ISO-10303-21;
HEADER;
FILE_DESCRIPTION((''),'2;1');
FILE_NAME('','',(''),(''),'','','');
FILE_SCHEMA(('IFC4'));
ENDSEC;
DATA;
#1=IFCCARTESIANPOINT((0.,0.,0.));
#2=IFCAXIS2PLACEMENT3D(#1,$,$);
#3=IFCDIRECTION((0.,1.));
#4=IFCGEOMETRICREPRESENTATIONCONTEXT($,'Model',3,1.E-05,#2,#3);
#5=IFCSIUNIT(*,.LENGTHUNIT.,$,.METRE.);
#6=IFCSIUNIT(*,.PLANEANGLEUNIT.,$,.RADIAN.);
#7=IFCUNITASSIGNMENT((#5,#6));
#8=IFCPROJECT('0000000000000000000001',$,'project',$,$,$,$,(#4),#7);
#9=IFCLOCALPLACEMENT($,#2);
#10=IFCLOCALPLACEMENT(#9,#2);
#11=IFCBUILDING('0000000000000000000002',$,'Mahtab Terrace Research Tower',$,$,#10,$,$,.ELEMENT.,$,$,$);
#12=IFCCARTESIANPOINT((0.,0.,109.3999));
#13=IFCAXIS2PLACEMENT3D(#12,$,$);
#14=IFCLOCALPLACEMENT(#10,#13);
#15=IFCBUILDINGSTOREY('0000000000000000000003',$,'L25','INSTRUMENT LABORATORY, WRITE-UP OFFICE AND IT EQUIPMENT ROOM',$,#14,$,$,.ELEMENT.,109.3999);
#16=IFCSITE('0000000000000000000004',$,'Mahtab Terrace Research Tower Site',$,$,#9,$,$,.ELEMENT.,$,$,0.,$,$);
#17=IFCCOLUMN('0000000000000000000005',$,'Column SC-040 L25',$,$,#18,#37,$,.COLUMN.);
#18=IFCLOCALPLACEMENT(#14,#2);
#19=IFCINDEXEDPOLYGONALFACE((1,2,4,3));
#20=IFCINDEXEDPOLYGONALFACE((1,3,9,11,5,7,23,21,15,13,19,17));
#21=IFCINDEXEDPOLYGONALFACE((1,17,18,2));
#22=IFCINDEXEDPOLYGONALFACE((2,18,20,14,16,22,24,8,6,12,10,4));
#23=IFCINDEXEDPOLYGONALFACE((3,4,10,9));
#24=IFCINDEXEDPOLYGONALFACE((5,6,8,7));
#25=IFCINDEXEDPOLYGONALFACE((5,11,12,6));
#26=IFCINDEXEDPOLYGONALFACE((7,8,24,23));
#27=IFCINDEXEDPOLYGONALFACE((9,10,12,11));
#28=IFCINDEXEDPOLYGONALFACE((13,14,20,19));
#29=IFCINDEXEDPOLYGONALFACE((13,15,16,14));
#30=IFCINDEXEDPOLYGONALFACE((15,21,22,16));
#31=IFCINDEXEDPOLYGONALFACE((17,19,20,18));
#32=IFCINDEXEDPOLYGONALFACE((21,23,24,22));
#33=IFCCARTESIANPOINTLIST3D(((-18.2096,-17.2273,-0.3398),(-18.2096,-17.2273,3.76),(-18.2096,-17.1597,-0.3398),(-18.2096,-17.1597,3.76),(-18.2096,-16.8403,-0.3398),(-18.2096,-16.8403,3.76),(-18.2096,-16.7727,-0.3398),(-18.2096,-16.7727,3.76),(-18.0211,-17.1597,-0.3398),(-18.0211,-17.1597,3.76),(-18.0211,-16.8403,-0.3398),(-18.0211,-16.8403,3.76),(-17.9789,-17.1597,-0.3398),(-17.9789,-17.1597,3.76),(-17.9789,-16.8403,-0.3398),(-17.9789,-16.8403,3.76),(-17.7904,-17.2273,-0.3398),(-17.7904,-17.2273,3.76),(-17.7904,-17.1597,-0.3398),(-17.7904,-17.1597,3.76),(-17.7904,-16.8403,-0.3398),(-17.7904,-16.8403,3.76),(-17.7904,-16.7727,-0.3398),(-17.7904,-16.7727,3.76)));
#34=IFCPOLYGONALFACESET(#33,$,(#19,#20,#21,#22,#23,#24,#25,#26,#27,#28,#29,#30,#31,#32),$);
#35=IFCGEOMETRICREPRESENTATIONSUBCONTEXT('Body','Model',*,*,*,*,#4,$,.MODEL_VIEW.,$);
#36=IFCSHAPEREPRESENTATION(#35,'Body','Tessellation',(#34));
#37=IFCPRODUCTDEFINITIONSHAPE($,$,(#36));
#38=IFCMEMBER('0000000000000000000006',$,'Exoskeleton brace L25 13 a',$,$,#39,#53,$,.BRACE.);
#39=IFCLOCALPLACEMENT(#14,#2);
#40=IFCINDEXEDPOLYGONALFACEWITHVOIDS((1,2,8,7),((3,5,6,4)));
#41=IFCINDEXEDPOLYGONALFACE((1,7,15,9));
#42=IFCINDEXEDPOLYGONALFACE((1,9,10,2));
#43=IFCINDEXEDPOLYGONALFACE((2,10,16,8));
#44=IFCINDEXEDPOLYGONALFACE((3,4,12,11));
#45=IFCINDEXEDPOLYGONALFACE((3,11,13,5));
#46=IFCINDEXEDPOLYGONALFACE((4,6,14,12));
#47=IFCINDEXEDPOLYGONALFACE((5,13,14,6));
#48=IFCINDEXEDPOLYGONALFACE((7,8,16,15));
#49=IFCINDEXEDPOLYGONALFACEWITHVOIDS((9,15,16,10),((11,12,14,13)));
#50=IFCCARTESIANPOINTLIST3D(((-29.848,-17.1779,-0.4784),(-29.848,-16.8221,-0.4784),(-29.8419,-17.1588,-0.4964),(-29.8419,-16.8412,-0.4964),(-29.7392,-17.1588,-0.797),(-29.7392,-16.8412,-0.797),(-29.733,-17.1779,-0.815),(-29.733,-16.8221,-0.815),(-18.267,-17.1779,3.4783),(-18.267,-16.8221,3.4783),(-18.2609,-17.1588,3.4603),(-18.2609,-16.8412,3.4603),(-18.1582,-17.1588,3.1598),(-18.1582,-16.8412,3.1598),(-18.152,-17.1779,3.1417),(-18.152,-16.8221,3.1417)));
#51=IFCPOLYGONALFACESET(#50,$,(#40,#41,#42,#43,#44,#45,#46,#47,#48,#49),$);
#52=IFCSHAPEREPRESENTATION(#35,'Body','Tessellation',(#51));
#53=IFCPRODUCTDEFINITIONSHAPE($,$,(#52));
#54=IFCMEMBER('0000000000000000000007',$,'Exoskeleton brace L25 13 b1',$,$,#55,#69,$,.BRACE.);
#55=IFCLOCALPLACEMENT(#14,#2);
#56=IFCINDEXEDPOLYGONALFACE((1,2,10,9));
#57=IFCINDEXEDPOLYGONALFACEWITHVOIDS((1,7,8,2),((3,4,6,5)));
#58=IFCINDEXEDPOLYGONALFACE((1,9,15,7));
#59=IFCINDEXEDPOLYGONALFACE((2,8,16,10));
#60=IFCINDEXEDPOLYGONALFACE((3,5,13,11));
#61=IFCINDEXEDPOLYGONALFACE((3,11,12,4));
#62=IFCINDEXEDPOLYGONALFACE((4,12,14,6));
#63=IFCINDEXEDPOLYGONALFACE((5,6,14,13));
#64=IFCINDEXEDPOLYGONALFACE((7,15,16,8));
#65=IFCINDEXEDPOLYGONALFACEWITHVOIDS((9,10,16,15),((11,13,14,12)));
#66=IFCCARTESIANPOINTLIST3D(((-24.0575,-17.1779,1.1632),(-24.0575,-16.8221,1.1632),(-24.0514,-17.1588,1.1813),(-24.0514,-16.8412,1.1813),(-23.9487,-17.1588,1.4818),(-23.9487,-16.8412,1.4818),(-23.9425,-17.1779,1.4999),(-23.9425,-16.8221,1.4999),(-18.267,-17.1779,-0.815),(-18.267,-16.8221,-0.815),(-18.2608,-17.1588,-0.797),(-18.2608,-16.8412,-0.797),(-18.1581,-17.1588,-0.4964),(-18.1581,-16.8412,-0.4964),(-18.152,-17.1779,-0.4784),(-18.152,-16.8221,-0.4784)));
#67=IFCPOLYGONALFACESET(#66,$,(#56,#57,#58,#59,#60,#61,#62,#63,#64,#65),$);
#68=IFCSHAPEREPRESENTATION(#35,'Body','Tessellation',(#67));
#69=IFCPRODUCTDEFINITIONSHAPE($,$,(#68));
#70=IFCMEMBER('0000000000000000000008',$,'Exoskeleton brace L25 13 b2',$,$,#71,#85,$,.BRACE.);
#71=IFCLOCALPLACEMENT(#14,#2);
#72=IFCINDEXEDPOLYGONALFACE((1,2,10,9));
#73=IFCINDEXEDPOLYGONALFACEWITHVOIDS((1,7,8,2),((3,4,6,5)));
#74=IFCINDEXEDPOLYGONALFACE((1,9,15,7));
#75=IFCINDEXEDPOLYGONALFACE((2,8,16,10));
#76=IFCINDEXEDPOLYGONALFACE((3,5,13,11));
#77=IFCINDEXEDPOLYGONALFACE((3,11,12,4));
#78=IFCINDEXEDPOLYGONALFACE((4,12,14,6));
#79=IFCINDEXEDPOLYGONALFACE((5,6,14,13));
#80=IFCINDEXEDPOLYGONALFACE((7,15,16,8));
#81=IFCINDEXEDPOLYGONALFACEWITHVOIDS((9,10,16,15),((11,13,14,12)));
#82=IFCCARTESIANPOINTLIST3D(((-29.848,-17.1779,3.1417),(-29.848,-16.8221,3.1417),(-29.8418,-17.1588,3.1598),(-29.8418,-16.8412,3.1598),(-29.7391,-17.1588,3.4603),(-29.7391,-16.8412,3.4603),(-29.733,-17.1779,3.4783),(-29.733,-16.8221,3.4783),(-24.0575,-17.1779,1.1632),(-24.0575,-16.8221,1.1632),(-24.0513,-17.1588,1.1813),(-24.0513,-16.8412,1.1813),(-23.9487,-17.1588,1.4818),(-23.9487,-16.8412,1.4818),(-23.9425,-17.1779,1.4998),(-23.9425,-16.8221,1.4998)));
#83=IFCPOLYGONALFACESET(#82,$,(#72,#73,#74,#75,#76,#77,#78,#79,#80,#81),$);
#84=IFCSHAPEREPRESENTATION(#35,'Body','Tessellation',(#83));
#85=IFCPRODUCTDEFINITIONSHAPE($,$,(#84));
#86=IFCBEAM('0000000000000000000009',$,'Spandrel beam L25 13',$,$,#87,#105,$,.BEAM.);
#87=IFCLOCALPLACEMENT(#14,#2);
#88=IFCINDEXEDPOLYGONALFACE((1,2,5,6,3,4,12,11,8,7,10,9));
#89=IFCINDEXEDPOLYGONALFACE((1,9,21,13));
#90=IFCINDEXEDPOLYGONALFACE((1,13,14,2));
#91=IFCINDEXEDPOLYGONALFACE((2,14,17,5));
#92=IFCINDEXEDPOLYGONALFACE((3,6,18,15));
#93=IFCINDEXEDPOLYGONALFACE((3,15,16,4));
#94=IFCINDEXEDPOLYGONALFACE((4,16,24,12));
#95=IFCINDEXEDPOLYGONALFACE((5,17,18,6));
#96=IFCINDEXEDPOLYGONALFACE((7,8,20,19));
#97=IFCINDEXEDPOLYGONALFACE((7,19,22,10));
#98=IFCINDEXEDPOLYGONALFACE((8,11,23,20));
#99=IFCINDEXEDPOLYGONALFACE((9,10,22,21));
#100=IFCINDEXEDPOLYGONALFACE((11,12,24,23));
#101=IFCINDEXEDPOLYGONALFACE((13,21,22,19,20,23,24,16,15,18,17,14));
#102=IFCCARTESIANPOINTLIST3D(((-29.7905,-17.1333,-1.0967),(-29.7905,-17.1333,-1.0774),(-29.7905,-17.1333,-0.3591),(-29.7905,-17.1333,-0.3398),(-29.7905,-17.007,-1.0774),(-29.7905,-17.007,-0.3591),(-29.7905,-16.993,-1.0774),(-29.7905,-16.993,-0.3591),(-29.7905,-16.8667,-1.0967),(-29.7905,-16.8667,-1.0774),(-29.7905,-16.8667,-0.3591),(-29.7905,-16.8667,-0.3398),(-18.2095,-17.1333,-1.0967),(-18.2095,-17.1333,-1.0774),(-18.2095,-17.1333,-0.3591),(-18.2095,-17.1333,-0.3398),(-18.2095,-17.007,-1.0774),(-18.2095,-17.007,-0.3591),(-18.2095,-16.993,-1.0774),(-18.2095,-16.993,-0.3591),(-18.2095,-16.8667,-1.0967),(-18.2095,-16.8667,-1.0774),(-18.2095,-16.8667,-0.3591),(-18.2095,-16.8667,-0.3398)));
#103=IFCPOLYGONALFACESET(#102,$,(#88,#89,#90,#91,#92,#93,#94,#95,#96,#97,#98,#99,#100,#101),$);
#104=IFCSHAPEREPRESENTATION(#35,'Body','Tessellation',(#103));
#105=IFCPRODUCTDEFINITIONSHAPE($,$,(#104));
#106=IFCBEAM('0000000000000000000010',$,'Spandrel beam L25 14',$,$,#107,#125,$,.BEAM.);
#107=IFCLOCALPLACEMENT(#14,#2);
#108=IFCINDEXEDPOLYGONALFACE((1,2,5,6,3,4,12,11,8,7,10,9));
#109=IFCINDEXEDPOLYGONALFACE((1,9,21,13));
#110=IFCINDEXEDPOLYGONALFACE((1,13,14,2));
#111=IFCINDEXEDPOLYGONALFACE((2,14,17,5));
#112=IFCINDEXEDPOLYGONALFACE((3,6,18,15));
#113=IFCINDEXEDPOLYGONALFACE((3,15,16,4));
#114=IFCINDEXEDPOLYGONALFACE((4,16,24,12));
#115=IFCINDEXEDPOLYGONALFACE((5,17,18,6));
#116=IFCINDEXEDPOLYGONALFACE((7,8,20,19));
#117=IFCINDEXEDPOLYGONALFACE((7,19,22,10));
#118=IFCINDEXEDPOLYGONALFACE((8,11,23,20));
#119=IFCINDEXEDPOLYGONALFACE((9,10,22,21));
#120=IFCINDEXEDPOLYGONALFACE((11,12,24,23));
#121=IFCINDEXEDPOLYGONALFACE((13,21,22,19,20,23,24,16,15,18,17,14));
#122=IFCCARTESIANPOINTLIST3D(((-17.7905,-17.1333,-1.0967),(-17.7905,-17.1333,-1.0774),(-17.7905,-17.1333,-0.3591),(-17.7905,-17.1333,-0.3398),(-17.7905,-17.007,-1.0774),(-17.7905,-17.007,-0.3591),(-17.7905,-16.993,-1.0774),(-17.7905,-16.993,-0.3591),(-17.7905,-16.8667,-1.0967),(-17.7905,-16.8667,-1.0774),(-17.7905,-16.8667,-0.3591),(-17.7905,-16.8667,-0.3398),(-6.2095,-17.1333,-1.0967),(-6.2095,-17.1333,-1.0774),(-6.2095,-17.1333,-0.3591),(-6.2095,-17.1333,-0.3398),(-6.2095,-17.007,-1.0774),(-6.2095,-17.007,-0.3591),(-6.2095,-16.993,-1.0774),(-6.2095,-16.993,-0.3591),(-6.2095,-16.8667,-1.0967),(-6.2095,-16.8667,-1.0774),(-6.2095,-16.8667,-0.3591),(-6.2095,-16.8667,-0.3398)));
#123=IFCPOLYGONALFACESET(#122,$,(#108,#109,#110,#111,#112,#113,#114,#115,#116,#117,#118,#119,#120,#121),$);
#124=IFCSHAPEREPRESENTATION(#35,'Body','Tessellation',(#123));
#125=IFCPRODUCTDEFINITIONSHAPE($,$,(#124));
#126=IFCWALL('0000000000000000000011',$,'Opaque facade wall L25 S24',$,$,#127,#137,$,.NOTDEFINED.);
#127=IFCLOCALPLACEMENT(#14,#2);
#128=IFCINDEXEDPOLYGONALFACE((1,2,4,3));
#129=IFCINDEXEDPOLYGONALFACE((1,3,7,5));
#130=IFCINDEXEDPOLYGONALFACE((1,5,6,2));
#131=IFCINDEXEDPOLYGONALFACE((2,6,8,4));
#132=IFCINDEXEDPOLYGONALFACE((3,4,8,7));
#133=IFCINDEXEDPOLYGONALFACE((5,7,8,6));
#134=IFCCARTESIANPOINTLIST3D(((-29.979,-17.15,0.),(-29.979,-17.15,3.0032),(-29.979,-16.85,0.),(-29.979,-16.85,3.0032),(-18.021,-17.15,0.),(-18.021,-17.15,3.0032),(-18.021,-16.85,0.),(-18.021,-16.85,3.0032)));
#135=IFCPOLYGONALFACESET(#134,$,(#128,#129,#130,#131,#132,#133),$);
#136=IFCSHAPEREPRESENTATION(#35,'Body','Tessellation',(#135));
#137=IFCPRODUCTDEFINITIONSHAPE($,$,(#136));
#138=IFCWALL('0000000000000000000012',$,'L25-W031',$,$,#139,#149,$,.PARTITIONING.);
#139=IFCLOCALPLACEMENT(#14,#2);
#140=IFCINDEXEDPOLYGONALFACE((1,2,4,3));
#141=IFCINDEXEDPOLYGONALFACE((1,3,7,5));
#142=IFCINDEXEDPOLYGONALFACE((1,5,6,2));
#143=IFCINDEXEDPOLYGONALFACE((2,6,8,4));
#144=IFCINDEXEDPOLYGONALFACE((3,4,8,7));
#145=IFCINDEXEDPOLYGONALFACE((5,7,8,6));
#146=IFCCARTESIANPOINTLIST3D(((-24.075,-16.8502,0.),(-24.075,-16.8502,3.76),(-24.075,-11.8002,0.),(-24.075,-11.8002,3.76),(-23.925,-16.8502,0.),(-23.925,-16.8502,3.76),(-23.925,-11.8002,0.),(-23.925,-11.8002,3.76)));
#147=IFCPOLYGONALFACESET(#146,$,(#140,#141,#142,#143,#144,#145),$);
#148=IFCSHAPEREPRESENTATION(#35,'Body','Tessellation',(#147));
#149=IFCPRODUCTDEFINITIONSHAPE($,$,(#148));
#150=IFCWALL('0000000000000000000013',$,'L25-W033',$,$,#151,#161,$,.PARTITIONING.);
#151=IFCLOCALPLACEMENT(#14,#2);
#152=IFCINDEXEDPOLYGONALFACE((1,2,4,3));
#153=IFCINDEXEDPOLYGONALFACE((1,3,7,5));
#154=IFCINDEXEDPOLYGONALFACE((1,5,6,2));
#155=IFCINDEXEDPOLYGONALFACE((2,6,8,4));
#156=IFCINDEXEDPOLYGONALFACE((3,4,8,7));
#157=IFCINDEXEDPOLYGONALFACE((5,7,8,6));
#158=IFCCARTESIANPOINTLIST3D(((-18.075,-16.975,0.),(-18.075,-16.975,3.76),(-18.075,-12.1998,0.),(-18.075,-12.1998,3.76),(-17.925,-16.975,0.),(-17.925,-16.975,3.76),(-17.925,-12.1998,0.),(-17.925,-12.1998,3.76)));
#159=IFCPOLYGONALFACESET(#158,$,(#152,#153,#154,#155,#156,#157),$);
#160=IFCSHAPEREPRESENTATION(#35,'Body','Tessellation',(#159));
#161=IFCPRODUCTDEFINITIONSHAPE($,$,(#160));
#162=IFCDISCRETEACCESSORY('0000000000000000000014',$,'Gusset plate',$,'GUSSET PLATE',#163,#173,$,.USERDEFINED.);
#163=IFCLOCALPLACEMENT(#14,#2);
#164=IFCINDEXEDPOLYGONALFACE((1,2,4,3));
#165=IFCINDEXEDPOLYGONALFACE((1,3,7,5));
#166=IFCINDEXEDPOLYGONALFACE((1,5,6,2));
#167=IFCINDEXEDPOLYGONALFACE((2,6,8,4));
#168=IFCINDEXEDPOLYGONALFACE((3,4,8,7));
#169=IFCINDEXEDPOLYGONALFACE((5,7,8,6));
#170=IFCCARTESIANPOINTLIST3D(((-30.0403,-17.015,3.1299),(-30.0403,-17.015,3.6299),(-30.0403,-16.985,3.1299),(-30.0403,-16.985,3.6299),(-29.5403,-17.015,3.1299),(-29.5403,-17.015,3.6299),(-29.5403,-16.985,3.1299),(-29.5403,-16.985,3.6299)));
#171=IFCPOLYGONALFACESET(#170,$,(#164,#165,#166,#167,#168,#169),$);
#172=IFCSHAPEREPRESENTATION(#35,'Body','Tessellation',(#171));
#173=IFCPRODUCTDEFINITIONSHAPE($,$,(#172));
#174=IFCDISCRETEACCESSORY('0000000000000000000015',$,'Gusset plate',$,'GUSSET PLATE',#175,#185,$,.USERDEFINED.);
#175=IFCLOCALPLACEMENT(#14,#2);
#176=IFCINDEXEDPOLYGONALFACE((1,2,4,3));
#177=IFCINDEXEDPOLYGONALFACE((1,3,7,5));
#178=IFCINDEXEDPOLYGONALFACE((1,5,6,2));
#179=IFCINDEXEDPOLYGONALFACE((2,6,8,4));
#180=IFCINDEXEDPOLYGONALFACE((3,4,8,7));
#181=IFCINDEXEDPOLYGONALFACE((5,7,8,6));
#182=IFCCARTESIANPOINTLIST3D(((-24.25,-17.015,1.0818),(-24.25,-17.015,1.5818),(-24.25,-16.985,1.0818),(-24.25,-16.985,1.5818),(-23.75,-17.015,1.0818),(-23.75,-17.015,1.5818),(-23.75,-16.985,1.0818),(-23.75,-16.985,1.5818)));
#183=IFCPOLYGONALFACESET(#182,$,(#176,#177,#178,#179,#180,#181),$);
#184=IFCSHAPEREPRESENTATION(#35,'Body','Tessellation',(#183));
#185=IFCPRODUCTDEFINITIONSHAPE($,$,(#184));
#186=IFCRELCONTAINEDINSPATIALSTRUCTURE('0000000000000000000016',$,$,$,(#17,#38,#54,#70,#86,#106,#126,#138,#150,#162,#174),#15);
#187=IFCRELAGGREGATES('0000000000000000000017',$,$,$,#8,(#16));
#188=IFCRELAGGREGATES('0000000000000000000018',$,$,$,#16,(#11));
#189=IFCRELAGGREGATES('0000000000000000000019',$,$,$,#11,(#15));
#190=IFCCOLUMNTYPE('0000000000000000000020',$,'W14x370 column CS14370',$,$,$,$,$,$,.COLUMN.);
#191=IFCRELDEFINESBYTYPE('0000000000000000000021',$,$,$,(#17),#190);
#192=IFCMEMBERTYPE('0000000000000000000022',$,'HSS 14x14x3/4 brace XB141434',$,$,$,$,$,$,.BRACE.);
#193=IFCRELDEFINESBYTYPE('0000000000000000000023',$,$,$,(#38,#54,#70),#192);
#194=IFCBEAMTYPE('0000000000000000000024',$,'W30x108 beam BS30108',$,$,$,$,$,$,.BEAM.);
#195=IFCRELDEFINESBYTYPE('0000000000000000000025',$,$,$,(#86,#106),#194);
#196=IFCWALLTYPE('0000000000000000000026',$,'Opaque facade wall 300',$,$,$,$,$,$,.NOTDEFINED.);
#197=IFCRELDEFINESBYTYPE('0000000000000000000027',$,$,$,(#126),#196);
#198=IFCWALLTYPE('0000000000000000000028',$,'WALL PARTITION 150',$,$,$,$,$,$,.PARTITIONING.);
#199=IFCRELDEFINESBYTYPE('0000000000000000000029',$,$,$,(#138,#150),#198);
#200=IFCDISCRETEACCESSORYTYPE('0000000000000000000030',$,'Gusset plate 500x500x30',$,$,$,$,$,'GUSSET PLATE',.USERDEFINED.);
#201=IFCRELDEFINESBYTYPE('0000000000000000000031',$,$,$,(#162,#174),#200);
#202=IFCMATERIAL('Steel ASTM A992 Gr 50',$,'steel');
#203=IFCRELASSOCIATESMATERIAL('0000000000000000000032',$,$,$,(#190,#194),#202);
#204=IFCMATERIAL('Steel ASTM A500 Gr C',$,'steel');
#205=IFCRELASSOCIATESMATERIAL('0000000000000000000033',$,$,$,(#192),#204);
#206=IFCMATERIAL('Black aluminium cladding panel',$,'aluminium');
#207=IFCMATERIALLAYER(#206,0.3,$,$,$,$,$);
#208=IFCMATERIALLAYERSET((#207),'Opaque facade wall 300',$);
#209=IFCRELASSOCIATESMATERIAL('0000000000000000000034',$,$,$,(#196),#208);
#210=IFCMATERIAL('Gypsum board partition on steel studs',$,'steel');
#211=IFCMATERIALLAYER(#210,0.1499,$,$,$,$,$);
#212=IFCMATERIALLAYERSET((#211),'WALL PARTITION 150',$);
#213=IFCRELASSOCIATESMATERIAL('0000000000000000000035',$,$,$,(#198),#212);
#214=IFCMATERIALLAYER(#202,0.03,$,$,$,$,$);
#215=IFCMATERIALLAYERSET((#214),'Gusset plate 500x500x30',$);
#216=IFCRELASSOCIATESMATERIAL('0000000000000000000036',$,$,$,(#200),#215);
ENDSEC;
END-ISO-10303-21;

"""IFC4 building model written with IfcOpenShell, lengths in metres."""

from ifc_helpers import new_model, si_unit, direction, frame, frame_2d, origin, origin_2d, place, context, subcontext, project, spatial, rectangle, hollow_rectangle, i_section, extrude, material, layer, layer_set, material_profile, profile_set, type_object, element, save


model = new_model("IFC4")

# Units and contexts
model_context = context("Model", 3, precision=1e-05, world=origin(), true_north=direction((0.0, 1.0)))
body_context = subcontext(model_context, "Body", "Model", "MODEL_VIEW")
ifc_project = project(units=[si_unit("LENGTHUNIT", "METRE"), si_unit("PLANEANGLEUNIT", "RADIAN")], contexts=[model_context])

# Site, building, storey
site_placement = place(None, origin())
site = spatial("IfcSite", under=ifc_project, at=site_placement, Name="Mahtab Terrace Research Tower Site", CompositionType="ELEMENT", RefElevation=0.0)
building_placement = place(site_placement, origin())
building = spatial("IfcBuilding", under=site, at=building_placement, Name="Mahtab Terrace Research Tower", CompositionType="ELEMENT")
storey_placement = place(building_placement, frame((0.0, 0.0, 109.3999)))
storey = spatial("IfcBuildingStorey", under=building, at=storey_placement, Name="L25", Description="INSTRUMENT LABORATORY, WRITE-UP OFFICE AND IT EQUIPMENT ROOM", CompositionType="ELEMENT", Elevation=109.3999)

# Column
ifc_material_1 = material(Name="Steel ASTM A992 Gr 50", Category="steel")
ifc_material_profile_1 = material_profile(ifc_material_1, i_section(OverallWidth=0.4192, OverallDepth=0.4546, WebThickness=0.0422, FlangeThickness=0.0676, at=origin_2d()), Name="W14X370")
ifc_profile_set_1 = profile_set([ifc_material_profile_1], Name="Steel ASTM A992 Gr 50")
column_type = type_object("IfcColumnType", Name="W14x370 column CS14370", PredefinedType="COLUMN", material=ifc_profile_set_1)
column_placement = place(storey_placement, frame((-18.0, -17.0, -0.3398), z_axis=(0.0, 0.0, 1.0), x_axis=(1.0, 0.0, 0.0)))
element("IfcColumn", 1, at=column_placement, inside=storey, type_object=column_type, Name="Column SC-040 L25", PredefinedType="COLUMN", context=body_context, shape_type="SweptSolid", body=[
    extrude(i_section(OverallWidth=0.4192, OverallDepth=0.4546, WebThickness=0.0422, FlangeThickness=0.0676, at=origin_2d()), origin(), (0.0, 0.0, 1.0), 4.0999),
])

# Members
ifc_material_2 = material(Name="Steel ASTM A500 Gr C", Category="steel")
ifc_material_profile_2 = material_profile(ifc_material_2, hollow_rectangle(XDim=0.3557, YDim=0.3557, WallThickness=0.019, at=origin_2d()), Name="HSS14X14X3/4")
ifc_profile_set_2 = profile_set([ifc_material_profile_2], Name="Steel ASTM A500 Gr C")
member_type = type_object("IfcMemberType", Name="HSS 14x14x3/4 brace XB141434", PredefinedType="BRACE", material=ifc_profile_set_2)
member_placement = place(storey_placement, frame((-29.7905, -17.0, -0.6467), z_axis=(0.946293, 0.0, 0.323311), x_axis=(0.0, 1.0, 0.0)))
element("IfcMember", 2, at=member_placement, inside=storey, type_object=member_type, Name="Exoskeleton brace L25 13 a", PredefinedType="BRACE", context=body_context, shape_type="SweptSolid", body=[
    extrude(hollow_rectangle(XDim=0.3557, YDim=0.3557, WallThickness=0.019, at=origin_2d()), origin(), (0.0, 0.0, 1.0), 12.2383),
])
for number, where, z_axis, x_axis, name in (
    (3, (-18.2095, -17.0, -0.6467), (-0.946299, 0.0, 0.323293), (0.0, -1.0, 0.0), "Exoskeleton brace L25 13 b1"),
    (4, (-24.0, -17.0, 1.3315), (-0.946287, 0.0, 0.323329), (0.0, -1.0, 0.0), "Exoskeleton brace L25 13 b2"),
):
    element("IfcMember", number, at=place(storey_placement, frame(where, z_axis=z_axis, x_axis=x_axis)), inside=storey, type_object=member_type, Name=name, PredefinedType="BRACE", context=body_context, shape_type="SweptSolid", body=[
        extrude(hollow_rectangle(XDim=0.3557, YDim=0.3557, WallThickness=0.019, at=origin_2d()), origin(), (0.0, 0.0, 1.0), 6.1191),
    ])

# Beams
ifc_material_profile_3 = material_profile(ifc_material_1, i_section(OverallWidth=0.2666, OverallDepth=0.7568, WebThickness=0.0139, FlangeThickness=0.0193, at=origin_2d()), Name="W30X108")
ifc_profile_set_3 = profile_set([ifc_material_profile_3], Name="Steel ASTM A992 Gr 50")
beam_type = type_object("IfcBeamType", Name="W30x108 beam BS30108", PredefinedType="BEAM", material=ifc_profile_set_3)
for number, where, z_axis, x_axis, name in (
    (5, (-29.7905, -17.0, -0.7183), (1.0, 0.0, 0.0), (0.0, 1.0, 0.0), "Spandrel beam L25 13"),
    (6, (-17.7905, -17.0, -0.7183), (1.0, 0.0, 0.0), (0.0, 1.0, 0.0), "Spandrel beam L25 14"),
):
    element("IfcBeam", number, at=place(storey_placement, frame(where, z_axis=z_axis, x_axis=x_axis)), inside=storey, type_object=beam_type, Name=name, PredefinedType="BEAM", context=body_context, shape_type="SweptSolid", body=[
        extrude(i_section(OverallWidth=0.2666, OverallDepth=0.7568, WebThickness=0.0139, FlangeThickness=0.0193, at=origin_2d()), origin(), (0.0, 0.0, 1.0), 11.5811),
    ])

# Walls
ifc_material_3 = material(Name="Black aluminium cladding panel", Category="aluminium")
ifc_layer_1 = layer(ifc_material_3, 0.3)
ifc_layer_set_1 = layer_set([ifc_layer_1], Name="Opaque facade wall 300")
wall_type_1 = type_object("IfcWallType", Name="Opaque facade wall 300", PredefinedType="NOTDEFINED", material=ifc_layer_set_1)
wall_1_placement = place(storey_placement, frame((-29.979, -17.0, 0.0), z_axis=(0.0, 0.0, 1.0), x_axis=(1.0, 0.0, 0.0)))
element("IfcWall", 7, at=wall_1_placement, inside=storey, type_object=wall_type_1, Name="Opaque facade wall L25 S24", PredefinedType="NOTDEFINED", context=body_context, shape_type="SweptSolid", body=[
    extrude(rectangle(XDim=11.958, YDim=0.3, at=frame_2d((5.979, 0.0))), origin(), (0.0, 0.0, 1.0), 3.0032),
])
ifc_material_4 = material(Name="Gypsum board partition on steel studs", Category="steel")
ifc_layer_2 = layer(ifc_material_4, 0.1499)
ifc_layer_set_2 = layer_set([ifc_layer_2], Name="WALL PARTITION 150")
wall_type_2 = type_object("IfcWallType", Name="WALL PARTITION 150", PredefinedType="PARTITIONING", material=ifc_layer_set_2)
wall_2_placement = place(storey_placement, frame((-24.0, -16.8501, 0.0), z_axis=(0.0, 0.0, 1.0), x_axis=(0.0, 1.0, 0.0)))
element("IfcWall", 8, at=wall_2_placement, inside=storey, type_object=wall_type_2, Name="L25-W031", PredefinedType="PARTITIONING", context=body_context, shape_type="SweptSolid", body=[
    extrude(rectangle(XDim=5.05, YDim=0.1499, at=frame_2d((2.5249, 0.0))), origin(), (0.0, 0.0, 1.0), 3.76),
])
wall_3_placement = place(storey_placement, frame((-18.0, -16.9751, 0.0), z_axis=(0.0, 0.0, 1.0), x_axis=(0.0, 1.0, 0.0)))
element("IfcWall", 9, at=wall_3_placement, inside=storey, type_object=wall_type_2, Name="L25-W033", PredefinedType="PARTITIONING", context=body_context, shape_type="SweptSolid", body=[
    extrude(rectangle(XDim=4.7751, YDim=0.1499, at=frame_2d((2.3877, 0.0))), origin(), (0.0, 0.0, 1.0), 3.76),
])

# Discrete accessories
ifc_layer_3 = layer(ifc_material_1, 0.03)
ifc_layer_set_3 = layer_set([ifc_layer_3], Name="Gusset plate 500x500x30")
discrete_accessory_type = type_object("IfcDiscreteAccessoryType", Name="Gusset plate 500x500x30", ElementType="GUSSET PLATE", PredefinedType="USERDEFINED", material=ifc_layer_set_3)
for number, where, z_axis, x_axis, name in (
    (10, (-29.7903, -17.0, 3.1299), (0.0, 0.0, 1.0), (1.0, 0.0, 0.0), "Gusset plate"),
    (11, (-24.0, -17.0, 1.0818), (0.0, 0.0, 1.0), (1.0, 0.0, 0.0), "Gusset plate"),
):
    element("IfcDiscreteAccessory", number, at=place(storey_placement, frame(where, z_axis=z_axis, x_axis=x_axis)), inside=storey, type_object=discrete_accessory_type, Name=name, ObjectType="GUSSET PLATE", PredefinedType="USERDEFINED", context=body_context, shape_type="SweptSolid", body=[
        extrude(rectangle(XDim=0.5, YDim=0.03, at=origin_2d()), origin(), (0.0, 0.0, 1.0), 0.5),
    ])

save(model, "model.ifc")
